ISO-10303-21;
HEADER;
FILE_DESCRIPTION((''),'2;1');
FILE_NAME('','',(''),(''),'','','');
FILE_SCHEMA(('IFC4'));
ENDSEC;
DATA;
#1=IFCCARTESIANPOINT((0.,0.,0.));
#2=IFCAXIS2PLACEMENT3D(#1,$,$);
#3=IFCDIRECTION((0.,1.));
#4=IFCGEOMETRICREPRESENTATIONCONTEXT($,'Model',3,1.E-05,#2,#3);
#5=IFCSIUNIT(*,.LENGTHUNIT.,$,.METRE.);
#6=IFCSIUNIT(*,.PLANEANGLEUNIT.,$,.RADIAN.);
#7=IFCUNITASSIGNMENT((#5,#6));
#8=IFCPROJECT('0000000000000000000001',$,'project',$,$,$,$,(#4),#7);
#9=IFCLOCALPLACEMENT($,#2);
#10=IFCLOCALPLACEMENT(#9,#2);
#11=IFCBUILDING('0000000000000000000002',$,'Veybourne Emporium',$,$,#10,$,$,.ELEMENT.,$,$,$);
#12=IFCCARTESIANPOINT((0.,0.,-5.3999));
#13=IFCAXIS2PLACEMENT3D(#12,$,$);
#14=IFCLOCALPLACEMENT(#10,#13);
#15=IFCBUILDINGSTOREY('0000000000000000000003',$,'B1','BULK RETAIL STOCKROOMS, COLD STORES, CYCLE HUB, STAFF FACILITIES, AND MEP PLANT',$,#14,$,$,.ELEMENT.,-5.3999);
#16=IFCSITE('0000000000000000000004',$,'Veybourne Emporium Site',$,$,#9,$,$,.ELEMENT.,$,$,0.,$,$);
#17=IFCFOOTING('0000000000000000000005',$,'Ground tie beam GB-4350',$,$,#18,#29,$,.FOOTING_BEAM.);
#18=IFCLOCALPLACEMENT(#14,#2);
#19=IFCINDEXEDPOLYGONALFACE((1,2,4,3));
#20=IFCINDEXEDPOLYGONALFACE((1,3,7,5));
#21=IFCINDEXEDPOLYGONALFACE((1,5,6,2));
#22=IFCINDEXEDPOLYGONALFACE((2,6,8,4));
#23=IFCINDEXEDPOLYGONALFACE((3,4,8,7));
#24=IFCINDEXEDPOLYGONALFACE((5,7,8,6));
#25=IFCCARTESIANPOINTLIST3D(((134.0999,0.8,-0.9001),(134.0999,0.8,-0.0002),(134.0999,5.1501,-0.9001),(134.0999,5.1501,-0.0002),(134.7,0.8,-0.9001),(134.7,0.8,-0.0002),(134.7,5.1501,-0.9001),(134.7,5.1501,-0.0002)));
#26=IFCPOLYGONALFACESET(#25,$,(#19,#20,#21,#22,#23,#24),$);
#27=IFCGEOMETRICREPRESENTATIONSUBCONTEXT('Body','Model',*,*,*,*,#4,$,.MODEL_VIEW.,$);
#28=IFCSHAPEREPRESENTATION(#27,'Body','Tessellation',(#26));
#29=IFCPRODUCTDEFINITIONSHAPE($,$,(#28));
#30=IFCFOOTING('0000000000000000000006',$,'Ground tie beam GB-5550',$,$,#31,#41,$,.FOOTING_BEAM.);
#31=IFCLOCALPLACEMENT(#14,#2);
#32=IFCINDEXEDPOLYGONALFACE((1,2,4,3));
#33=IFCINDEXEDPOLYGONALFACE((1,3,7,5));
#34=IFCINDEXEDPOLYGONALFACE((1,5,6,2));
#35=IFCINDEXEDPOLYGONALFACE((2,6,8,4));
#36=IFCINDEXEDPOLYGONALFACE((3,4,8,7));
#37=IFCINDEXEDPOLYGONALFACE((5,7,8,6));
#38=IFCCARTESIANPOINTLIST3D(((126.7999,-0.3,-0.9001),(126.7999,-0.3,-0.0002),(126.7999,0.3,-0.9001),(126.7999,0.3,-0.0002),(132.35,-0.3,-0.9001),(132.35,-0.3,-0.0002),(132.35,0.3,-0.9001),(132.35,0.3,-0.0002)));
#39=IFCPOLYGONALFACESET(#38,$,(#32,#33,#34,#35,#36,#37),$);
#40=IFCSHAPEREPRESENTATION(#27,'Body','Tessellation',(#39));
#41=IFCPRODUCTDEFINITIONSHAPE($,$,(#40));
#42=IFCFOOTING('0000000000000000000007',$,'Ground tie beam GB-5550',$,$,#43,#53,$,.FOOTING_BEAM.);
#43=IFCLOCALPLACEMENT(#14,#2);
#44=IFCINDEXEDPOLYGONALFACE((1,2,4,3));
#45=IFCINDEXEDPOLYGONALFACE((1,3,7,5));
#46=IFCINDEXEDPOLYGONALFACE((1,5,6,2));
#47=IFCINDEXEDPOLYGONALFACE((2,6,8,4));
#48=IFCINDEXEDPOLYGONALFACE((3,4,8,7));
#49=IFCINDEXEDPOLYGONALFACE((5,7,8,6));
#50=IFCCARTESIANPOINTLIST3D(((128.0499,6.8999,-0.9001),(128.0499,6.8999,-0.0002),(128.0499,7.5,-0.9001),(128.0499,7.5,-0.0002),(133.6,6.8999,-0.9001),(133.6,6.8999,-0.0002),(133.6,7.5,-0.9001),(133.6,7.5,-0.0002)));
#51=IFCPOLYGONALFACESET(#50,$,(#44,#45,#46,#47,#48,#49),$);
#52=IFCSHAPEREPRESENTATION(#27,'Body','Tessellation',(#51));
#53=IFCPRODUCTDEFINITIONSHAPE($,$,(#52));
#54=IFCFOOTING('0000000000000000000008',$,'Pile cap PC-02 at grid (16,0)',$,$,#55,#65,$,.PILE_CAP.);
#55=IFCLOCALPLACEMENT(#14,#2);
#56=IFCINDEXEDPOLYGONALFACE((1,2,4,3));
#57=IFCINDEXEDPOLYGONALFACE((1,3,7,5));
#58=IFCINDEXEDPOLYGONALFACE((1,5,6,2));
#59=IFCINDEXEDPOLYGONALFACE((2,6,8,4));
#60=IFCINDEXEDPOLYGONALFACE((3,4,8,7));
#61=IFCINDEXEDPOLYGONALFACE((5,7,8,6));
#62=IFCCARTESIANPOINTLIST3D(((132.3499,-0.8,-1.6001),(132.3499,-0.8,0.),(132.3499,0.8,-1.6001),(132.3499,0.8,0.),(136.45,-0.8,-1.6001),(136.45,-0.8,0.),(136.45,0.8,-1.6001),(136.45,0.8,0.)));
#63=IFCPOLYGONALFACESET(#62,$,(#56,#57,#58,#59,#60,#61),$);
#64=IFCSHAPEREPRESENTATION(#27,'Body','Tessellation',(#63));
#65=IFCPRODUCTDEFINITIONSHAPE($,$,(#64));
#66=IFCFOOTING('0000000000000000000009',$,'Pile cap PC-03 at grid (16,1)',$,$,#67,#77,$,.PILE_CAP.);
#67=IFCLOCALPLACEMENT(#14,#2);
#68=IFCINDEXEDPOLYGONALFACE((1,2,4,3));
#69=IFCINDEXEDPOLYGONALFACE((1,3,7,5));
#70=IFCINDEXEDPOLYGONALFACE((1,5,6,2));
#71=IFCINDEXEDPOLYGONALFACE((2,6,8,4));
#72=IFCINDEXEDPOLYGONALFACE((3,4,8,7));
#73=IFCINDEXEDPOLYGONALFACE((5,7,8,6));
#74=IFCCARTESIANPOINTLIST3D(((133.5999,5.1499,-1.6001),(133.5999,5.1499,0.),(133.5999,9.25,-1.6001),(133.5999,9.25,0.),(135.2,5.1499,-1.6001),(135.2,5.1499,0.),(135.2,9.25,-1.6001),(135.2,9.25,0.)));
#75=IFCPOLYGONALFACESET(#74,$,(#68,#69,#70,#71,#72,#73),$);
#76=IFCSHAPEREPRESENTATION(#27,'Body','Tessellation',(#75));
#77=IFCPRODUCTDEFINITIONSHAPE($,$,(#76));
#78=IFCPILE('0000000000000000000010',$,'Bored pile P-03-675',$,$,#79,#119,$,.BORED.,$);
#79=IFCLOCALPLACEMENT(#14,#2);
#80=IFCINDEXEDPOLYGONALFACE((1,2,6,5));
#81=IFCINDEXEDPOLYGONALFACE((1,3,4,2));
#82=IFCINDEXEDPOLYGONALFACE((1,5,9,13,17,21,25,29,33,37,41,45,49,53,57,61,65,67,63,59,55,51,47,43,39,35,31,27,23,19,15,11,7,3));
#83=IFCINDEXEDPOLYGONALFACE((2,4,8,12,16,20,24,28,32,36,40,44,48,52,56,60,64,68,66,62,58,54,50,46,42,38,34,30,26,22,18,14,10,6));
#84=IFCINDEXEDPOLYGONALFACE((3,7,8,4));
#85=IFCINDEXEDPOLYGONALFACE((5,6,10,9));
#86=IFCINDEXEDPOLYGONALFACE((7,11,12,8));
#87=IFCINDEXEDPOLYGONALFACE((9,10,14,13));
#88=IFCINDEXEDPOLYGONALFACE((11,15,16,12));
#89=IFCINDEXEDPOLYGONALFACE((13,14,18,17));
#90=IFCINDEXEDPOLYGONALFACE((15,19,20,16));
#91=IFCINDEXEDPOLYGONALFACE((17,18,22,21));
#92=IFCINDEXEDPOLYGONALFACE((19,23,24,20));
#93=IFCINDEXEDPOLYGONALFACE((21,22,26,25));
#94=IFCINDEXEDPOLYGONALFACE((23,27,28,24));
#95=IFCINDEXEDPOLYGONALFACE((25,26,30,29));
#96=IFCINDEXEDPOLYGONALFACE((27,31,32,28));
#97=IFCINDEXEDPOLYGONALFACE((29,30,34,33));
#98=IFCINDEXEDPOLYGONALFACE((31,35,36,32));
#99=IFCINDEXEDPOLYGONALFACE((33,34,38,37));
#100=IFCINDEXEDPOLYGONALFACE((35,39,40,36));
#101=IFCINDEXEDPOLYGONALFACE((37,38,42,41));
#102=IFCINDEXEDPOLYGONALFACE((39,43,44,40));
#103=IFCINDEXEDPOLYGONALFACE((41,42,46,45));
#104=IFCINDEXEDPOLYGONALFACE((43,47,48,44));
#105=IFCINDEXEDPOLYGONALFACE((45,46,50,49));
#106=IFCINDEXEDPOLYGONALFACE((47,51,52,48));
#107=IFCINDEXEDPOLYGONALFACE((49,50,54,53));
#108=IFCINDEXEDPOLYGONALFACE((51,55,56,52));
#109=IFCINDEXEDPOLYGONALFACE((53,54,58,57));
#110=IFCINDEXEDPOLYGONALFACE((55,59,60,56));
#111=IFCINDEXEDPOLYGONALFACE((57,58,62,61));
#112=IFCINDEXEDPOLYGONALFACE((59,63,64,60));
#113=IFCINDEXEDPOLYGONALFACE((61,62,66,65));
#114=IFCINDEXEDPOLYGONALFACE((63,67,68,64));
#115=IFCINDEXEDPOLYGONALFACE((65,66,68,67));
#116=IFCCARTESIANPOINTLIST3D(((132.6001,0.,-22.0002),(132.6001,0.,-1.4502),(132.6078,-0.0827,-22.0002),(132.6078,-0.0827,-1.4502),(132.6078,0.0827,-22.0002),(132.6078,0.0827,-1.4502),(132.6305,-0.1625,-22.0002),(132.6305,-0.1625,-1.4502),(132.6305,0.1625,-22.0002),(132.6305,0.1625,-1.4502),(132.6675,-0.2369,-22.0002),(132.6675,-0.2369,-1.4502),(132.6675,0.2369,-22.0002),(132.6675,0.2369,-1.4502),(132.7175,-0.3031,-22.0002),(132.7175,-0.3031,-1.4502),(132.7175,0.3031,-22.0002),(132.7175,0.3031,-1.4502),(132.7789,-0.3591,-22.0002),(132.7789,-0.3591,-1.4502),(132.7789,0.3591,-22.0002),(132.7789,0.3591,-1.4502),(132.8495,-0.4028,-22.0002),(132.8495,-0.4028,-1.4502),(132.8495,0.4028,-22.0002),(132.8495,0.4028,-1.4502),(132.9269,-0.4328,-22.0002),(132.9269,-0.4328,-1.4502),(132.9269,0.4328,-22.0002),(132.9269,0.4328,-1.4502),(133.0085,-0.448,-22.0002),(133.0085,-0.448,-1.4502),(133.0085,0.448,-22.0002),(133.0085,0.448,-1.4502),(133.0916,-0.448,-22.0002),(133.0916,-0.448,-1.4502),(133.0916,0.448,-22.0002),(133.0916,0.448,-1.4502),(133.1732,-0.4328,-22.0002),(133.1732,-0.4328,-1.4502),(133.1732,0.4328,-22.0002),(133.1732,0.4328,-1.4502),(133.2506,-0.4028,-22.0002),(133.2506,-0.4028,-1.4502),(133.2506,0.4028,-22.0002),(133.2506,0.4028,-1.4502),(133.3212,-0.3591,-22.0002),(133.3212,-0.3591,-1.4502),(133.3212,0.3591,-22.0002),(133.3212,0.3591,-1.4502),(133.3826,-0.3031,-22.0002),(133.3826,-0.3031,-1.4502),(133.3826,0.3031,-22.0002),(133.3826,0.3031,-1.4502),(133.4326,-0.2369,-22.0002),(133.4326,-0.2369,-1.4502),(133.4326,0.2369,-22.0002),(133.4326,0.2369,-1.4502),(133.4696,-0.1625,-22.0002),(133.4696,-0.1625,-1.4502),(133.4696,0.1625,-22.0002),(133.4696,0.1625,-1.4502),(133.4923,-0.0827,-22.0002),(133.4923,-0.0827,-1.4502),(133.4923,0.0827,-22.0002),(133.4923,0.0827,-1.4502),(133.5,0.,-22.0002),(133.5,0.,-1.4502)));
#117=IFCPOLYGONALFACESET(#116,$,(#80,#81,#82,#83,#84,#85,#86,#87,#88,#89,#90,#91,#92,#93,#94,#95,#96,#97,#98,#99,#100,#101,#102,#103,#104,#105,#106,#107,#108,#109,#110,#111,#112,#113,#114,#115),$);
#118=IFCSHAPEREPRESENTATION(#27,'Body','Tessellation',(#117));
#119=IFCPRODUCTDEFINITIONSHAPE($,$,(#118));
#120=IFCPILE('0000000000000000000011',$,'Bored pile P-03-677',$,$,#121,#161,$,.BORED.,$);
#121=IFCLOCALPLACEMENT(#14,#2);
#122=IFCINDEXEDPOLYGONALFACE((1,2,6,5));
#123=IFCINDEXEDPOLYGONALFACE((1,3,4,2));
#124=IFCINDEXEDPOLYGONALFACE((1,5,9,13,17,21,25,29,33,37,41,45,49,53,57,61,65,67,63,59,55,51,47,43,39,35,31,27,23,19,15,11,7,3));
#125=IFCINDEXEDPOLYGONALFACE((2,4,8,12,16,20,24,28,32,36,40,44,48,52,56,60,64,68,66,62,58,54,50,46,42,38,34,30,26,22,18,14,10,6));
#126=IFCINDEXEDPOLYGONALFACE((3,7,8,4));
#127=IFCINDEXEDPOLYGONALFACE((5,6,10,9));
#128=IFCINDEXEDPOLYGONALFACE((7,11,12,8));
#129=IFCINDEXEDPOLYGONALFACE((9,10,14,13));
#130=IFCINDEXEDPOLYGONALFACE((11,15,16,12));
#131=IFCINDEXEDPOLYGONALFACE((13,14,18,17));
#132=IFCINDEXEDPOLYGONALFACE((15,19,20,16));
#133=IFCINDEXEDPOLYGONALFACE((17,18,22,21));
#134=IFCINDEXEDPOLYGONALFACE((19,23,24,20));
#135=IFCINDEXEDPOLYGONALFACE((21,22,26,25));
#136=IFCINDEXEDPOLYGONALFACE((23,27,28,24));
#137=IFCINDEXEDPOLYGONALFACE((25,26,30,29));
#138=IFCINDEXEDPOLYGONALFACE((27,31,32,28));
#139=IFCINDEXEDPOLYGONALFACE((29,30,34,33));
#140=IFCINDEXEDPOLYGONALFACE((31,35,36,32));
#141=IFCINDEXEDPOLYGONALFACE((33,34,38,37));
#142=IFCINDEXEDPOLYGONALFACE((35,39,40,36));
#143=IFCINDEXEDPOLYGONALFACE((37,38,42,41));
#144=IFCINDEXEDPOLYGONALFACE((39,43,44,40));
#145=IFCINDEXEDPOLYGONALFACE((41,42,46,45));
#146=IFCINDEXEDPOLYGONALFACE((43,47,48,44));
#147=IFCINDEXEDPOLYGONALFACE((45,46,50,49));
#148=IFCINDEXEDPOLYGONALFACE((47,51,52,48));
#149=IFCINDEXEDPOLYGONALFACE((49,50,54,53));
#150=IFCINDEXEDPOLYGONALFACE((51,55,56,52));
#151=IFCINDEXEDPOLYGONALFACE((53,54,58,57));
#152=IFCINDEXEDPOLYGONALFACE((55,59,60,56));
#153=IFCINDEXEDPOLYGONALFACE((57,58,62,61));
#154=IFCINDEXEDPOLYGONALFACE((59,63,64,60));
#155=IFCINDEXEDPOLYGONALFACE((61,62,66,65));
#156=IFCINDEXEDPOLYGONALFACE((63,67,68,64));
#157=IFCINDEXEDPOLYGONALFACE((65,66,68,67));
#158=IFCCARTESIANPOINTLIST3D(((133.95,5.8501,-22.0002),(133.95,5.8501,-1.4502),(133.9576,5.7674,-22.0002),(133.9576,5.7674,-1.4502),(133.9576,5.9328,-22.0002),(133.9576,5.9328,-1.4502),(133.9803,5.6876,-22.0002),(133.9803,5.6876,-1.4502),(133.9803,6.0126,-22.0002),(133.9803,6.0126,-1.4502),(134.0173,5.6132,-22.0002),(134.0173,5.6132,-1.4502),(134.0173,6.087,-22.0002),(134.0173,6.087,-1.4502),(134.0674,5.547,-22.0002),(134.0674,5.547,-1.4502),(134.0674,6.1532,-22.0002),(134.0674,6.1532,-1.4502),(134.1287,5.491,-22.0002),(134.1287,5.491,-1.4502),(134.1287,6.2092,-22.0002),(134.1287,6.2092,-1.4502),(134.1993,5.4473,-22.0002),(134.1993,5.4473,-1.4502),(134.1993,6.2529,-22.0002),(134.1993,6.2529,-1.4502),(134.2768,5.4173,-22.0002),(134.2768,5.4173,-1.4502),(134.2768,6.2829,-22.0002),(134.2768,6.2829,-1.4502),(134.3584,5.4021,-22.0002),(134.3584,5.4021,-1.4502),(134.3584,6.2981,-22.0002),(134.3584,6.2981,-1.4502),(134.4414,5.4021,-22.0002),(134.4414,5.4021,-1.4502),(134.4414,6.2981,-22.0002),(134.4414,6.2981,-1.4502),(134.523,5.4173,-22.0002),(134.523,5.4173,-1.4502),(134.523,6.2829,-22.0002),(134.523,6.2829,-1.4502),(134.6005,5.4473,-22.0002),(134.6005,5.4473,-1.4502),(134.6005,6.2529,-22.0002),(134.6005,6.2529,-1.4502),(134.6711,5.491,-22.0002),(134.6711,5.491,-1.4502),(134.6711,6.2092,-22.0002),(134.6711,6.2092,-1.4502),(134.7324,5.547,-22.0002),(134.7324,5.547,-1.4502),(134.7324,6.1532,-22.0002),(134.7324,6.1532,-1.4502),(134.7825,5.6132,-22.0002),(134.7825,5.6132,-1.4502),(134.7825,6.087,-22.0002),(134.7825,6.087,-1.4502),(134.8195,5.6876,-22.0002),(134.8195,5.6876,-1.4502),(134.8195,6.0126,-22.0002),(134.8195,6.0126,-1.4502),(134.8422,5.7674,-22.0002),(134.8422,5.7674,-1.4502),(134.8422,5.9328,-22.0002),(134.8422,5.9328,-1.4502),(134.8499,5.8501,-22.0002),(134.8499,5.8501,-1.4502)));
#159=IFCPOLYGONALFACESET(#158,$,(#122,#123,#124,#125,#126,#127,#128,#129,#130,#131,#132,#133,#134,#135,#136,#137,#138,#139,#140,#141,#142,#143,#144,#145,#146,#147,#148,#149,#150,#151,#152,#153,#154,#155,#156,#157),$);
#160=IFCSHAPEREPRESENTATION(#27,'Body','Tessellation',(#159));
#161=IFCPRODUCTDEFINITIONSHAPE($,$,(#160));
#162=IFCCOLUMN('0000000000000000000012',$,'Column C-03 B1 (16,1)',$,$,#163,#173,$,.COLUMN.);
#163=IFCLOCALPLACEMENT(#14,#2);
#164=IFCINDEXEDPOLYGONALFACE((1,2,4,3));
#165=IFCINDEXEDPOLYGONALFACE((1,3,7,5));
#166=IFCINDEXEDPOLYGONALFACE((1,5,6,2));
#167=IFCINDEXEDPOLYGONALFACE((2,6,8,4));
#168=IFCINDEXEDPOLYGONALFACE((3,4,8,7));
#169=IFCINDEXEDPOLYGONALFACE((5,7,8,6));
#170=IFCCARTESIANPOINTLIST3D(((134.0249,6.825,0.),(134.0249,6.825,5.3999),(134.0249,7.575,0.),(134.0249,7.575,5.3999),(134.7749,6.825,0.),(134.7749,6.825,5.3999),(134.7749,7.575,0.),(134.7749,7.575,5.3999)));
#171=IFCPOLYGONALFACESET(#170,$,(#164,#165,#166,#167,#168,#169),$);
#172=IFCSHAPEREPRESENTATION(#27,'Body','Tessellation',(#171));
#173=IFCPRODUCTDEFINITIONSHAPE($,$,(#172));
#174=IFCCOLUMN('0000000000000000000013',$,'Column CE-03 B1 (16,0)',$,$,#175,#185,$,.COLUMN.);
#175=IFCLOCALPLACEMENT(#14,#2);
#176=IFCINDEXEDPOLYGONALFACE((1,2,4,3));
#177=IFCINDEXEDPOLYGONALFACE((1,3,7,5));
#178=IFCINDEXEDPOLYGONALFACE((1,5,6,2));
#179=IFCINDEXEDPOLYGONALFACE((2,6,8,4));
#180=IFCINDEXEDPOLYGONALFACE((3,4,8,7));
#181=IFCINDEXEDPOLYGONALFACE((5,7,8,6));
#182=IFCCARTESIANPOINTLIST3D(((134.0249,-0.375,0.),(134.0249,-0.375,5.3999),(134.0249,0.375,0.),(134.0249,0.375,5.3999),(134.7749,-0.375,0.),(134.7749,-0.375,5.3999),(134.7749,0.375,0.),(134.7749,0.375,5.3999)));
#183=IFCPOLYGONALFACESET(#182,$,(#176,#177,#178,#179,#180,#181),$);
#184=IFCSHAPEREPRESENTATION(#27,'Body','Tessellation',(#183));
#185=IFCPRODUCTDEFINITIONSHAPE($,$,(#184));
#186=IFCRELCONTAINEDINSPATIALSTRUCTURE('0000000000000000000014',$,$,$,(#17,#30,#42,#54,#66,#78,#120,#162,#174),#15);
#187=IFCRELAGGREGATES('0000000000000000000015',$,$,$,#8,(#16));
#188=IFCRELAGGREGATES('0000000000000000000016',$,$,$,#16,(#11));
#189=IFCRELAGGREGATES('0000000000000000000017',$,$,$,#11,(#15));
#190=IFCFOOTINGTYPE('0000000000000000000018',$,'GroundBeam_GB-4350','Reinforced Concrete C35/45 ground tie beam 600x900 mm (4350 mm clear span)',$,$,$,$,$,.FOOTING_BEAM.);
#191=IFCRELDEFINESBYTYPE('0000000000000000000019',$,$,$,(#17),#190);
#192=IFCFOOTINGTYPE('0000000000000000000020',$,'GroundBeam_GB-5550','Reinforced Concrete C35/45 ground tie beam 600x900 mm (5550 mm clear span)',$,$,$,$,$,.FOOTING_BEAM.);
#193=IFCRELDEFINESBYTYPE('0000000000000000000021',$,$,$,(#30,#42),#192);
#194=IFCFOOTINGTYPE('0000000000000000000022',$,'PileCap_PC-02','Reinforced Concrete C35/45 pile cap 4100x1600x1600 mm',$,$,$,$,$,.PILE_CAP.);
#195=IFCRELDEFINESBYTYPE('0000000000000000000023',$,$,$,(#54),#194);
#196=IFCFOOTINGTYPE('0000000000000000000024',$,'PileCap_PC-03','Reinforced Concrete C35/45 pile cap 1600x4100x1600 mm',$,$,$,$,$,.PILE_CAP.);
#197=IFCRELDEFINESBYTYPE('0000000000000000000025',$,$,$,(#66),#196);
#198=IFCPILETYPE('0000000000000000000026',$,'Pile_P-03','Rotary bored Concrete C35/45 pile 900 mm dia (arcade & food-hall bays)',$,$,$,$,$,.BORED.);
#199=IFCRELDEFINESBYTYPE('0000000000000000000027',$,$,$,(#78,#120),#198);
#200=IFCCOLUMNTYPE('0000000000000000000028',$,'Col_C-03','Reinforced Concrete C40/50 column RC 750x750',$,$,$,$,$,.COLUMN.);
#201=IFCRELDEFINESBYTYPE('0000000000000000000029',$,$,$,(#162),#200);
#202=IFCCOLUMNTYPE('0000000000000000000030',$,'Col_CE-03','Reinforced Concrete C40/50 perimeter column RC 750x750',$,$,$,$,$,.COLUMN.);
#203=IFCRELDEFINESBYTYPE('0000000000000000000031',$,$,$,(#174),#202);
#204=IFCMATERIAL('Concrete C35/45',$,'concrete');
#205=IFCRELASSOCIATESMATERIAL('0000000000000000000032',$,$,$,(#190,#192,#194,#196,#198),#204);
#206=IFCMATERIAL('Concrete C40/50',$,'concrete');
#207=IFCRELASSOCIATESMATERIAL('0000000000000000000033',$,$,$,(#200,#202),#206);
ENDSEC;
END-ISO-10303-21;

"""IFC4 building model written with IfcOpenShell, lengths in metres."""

from ifc_helpers import new_model, si_unit, direction, frame, origin, origin_2d, place, context, subcontext, project, spatial, rectangle, circle, extrude, material, material_profile, profile_set, type_object, element, save


model = new_model("IFC4")

# Units and contexts
model_context = context("Model", 3, precision=1e-05, world=origin(), true_north=direction((0.0, 1.0)))
body_context = subcontext(model_context, "Body", "Model", "MODEL_VIEW")
ifc_project = project(units=[si_unit("LENGTHUNIT", "METRE"), si_unit("PLANEANGLEUNIT", "RADIAN")], contexts=[model_context])

# Site, building, storey
site_placement = place(None, origin())
site = spatial("IfcSite", under=ifc_project, at=site_placement, Name="Veybourne Emporium Site", CompositionType="ELEMENT", RefElevation=0.0)
building_placement = place(site_placement, origin())
building = spatial("IfcBuilding", under=site, at=building_placement, Name="Veybourne Emporium", CompositionType="ELEMENT")
storey_placement = place(building_placement, frame((0.0, 0.0, -5.3999)))
storey = spatial("IfcBuildingStorey", under=building, at=storey_placement, Name="B1", Description="BULK RETAIL STOCKROOMS, COLD STORES, CYCLE HUB, STAFF FACILITIES, AND MEP PLANT", CompositionType="ELEMENT", Elevation=-5.3999)

# Footings
ifc_material_1 = material(Name="Concrete C35/45", Category="concrete")
footing_type_1 = type_object("IfcFootingType", Name="GroundBeam_GB-4350", Description="Reinforced Concrete C35/45 ground tie beam 600x900 mm (4350 mm clear span)", PredefinedType="FOOTING_BEAM", material=ifc_material_1)
footing_1_placement = place(storey_placement, frame((134.3999, 2.9751, -0.9001), z_axis=(0.0, 0.0, 1.0), x_axis=(0.0, 1.0, 0.0)))
element("IfcFooting", 1, at=footing_1_placement, inside=storey, type_object=footing_type_1, Name="Ground tie beam GB-4350", PredefinedType="FOOTING_BEAM", context=body_context, shape_type="SweptSolid", body=[
    extrude(rectangle(XDim=4.3501, YDim=0.6001, at=origin_2d()), origin(), (0.0, 0.0, 1.0), 0.8999),
])
footing_type_2 = type_object("IfcFootingType", Name="GroundBeam_GB-5550", Description="Reinforced Concrete C35/45 ground tie beam 600x900 mm (5550 mm clear span)", PredefinedType="FOOTING_BEAM", material=ifc_material_1)
for number, where, z_axis, x_axis, name in (
    (2, (129.575, 0.0, -0.9001), (0.0, 0.0, 1.0), (1.0, 0.0, 0.0), "Ground tie beam GB-5550"),
    (3, (130.825, 7.2, -0.9001), (0.0, 0.0, 1.0), (1.0, 0.0, 0.0), "Ground tie beam GB-5550"),
):
    element("IfcFooting", number, at=place(storey_placement, frame(where, z_axis=z_axis, x_axis=x_axis)), inside=storey, type_object=footing_type_2, Name=name, PredefinedType="FOOTING_BEAM", context=body_context, shape_type="SweptSolid", body=[
        extrude(rectangle(XDim=5.55, YDim=0.6001, at=origin_2d()), origin(), (0.0, 0.0, 1.0), 0.8999),
    ])
footing_type_3 = type_object("IfcFootingType", Name="PileCap_PC-02", Description="Reinforced Concrete C35/45 pile cap 4100x1600x1600 mm", PredefinedType="PILE_CAP", material=ifc_material_1)
footing_2_placement = place(storey_placement, frame((134.3999, 0.0, -1.6001), z_axis=(0.0, 0.0, 1.0), x_axis=(1.0, 0.0, 0.0)))
element("IfcFooting", 4, at=footing_2_placement, inside=storey, type_object=footing_type_3, Name="Pile cap PC-02 at grid (16,0)", PredefinedType="PILE_CAP", context=body_context, shape_type="SweptSolid", body=[
    extrude(rectangle(XDim=4.1001, YDim=1.6001, at=origin_2d()), origin(), (0.0, 0.0, 1.0), 1.6001),
])
footing_type_4 = type_object("IfcFootingType", Name="PileCap_PC-03", Description="Reinforced Concrete C35/45 pile cap 1600x4100x1600 mm", PredefinedType="PILE_CAP", material=ifc_material_1)
footing_3_placement = place(storey_placement, frame((134.3999, 7.2, -1.6001), z_axis=(0.0, 0.0, 1.0), x_axis=(1.0, 0.0, 0.0)))
element("IfcFooting", 5, at=footing_3_placement, inside=storey, type_object=footing_type_4, Name="Pile cap PC-03 at grid (16,1)", PredefinedType="PILE_CAP", context=body_context, shape_type="SweptSolid", body=[
    extrude(rectangle(XDim=1.6001, YDim=4.1001, at=origin_2d()), origin(), (0.0, 0.0, 1.0), 1.6001),
])

# Piles
ifc_material_profile_1 = material_profile(ifc_material_1, circle(Radius=0.45, at=origin_2d()), Name="BORED PILE 900")
ifc_profile_set_1 = profile_set([ifc_material_profile_1], Name="Concrete C35/45")
pile_type = type_object("IfcPileType", Name="Pile_P-03", Description="Rotary bored Concrete C35/45 pile 900 mm dia (arcade & food-hall bays)", PredefinedType="BORED", material=ifc_profile_set_1)
for number, where, z_axis, x_axis, name in (
    (6, (133.05, 0.0, -1.4502), (0.0, 0.0, -1.0), (1.0, 0.0, 0.0), "Bored pile P-03-675"),
    (7, (134.3999, 5.8501, -1.4502), (0.0, 0.0, -1.0), (1.0, 0.0, 0.0), "Bored pile P-03-677"),
):
    element("IfcPile", number, at=place(storey_placement, frame(where, z_axis=z_axis, x_axis=x_axis)), inside=storey, type_object=pile_type, Name=name, PredefinedType="BORED", context=body_context, shape_type="SweptSolid", body=[
        extrude(circle(Radius=0.45, at=origin_2d()), origin(), (0.0, 0.0, 1.0), 20.55),
    ])

# Columns
ifc_material_2 = material(Name="Concrete C40/50", Category="concrete")
ifc_material_profile_2 = material_profile(ifc_material_2, rectangle(XDim=0.75, YDim=0.75, at=origin_2d()), Name="RC 750x750")
ifc_profile_set_2 = profile_set([ifc_material_profile_2], Name="Concrete C40/50")
column_type_1 = type_object("IfcColumnType", Name="Col_C-03", Description="Reinforced Concrete C40/50 column RC 750x750", PredefinedType="COLUMN", material=ifc_profile_set_2)
column_1_placement = place(storey_placement, frame((134.3999, 7.2, 0.0), z_axis=(0.0, 0.0, 1.0), x_axis=(1.0, 0.0, 0.0)))
element("IfcColumn", 8, at=column_1_placement, inside=storey, type_object=column_type_1, Name="Column C-03 B1 (16,1)", PredefinedType="COLUMN", context=body_context, shape_type="SweptSolid", body=[
    extrude(rectangle(XDim=0.75, YDim=0.75, at=origin_2d()), origin(), (0.0, 0.0, 1.0), 5.3999),
])
ifc_material_profile_3 = material_profile(ifc_material_2, rectangle(XDim=0.75, YDim=0.75, at=origin_2d()), Name="RC 750x750")
ifc_profile_set_3 = profile_set([ifc_material_profile_3], Name="Concrete C40/50")
column_type_2 = type_object("IfcColumnType", Name="Col_CE-03", Description="Reinforced Concrete C40/50 perimeter column RC 750x750", PredefinedType="COLUMN", material=ifc_profile_set_3)
column_2_placement = place(storey_placement, frame((134.3999, 0.0, 0.0), z_axis=(0.0, 0.0, 1.0), x_axis=(1.0, 0.0, 0.0)))
element("IfcColumn", 9, at=column_2_placement, inside=storey, type_object=column_type_2, Name="Column CE-03 B1 (16,0)", PredefinedType="COLUMN", context=body_context, shape_type="SweptSolid", body=[
    extrude(rectangle(XDim=0.75, YDim=0.75, at=origin_2d()), origin(), (0.0, 0.0, 1.0), 5.3999),
])

save(model, "model.ifc")
